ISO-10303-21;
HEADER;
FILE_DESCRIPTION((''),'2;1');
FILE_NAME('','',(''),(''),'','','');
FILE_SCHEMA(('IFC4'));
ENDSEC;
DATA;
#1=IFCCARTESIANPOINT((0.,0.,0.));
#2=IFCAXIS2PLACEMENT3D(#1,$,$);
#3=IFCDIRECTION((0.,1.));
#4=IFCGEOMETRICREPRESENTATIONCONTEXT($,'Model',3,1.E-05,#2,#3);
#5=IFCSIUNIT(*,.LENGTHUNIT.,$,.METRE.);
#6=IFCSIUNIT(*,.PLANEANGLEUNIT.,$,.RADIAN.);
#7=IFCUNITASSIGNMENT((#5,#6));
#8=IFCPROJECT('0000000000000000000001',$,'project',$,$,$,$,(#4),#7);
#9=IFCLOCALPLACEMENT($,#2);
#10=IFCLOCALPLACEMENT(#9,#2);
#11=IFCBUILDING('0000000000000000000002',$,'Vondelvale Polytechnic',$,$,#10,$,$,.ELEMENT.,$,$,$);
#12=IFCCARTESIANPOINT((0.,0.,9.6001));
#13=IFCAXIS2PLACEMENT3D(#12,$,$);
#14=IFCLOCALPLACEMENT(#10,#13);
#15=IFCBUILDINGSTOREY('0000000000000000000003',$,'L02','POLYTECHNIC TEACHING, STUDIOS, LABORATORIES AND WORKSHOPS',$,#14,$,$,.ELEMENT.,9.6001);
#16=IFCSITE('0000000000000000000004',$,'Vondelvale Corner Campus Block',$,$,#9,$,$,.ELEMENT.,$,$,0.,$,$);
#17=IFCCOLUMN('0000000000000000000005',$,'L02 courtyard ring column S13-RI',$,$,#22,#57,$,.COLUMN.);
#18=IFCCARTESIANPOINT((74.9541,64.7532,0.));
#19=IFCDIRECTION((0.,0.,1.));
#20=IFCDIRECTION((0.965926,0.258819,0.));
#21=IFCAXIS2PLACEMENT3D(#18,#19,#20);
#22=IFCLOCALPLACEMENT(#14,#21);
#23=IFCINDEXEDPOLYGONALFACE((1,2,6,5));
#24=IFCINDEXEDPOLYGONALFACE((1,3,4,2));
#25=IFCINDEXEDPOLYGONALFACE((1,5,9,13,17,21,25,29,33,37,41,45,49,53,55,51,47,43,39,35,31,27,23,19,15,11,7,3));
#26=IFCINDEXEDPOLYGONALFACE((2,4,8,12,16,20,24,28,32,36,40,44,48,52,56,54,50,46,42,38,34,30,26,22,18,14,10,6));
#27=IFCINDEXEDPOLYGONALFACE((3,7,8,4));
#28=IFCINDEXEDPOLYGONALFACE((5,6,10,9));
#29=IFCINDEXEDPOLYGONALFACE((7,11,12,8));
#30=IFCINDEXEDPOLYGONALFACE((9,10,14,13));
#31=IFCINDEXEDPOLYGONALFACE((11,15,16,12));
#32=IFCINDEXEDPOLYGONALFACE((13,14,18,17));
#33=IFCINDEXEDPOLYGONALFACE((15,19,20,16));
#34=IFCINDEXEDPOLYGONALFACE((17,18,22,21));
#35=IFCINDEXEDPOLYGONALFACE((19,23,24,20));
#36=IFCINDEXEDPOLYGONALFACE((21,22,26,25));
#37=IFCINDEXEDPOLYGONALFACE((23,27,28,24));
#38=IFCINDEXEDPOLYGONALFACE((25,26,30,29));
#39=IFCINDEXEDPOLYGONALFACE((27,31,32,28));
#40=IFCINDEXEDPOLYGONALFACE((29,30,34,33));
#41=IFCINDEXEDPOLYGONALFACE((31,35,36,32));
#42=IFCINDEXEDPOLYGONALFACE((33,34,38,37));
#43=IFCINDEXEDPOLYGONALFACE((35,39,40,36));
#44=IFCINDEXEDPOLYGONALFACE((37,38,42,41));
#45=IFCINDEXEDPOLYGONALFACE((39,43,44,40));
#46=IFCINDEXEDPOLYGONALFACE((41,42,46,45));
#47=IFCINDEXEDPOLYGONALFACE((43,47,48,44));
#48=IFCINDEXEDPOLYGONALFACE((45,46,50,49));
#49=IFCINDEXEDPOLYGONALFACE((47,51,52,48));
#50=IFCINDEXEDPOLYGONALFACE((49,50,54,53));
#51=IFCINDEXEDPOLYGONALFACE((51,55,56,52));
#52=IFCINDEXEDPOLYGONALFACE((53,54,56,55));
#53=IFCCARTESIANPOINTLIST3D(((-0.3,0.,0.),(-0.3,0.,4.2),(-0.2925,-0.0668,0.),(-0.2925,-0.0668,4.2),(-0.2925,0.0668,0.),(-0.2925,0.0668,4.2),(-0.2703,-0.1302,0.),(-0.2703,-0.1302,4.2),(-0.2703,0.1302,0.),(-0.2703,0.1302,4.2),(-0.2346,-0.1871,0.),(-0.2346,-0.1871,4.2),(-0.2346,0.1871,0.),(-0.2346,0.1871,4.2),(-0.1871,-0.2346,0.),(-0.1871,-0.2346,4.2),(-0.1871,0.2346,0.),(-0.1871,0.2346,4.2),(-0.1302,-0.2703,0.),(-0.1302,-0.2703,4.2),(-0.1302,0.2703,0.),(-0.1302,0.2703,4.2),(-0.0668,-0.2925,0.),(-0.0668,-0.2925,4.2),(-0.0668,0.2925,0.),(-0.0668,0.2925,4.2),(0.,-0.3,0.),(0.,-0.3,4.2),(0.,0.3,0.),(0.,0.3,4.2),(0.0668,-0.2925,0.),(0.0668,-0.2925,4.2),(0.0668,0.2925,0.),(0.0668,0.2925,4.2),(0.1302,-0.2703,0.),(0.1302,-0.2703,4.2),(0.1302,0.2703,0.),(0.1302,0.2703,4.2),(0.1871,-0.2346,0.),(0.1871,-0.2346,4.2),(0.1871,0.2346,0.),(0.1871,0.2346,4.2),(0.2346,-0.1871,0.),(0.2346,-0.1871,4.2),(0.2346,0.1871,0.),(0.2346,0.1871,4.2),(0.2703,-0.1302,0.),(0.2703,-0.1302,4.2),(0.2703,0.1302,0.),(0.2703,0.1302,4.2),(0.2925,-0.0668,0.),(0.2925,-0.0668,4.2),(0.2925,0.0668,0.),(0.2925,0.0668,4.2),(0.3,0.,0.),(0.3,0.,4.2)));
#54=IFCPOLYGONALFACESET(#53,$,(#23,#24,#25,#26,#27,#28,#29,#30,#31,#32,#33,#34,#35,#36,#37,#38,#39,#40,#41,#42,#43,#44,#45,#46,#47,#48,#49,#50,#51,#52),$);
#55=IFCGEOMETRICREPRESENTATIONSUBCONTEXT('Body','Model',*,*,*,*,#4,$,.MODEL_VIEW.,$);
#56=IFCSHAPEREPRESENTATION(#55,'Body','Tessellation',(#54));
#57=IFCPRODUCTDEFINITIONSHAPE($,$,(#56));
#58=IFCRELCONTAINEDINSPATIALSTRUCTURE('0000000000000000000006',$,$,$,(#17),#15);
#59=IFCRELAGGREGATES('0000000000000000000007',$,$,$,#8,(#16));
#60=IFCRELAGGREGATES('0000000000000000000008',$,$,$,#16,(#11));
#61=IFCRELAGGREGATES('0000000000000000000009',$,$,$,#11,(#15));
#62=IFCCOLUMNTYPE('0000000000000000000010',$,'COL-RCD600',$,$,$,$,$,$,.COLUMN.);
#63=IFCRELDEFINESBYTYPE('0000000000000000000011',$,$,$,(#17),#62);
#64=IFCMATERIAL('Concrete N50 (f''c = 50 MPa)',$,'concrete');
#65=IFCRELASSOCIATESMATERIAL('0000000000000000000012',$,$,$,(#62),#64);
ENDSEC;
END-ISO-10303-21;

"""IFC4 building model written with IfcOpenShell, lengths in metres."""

from ifc_helpers import new_model, si_unit, direction, frame, origin, origin_2d, place, context, subcontext, project, spatial, circle, extrude, material, material_profile, profile_set, type_object, element, save


model = new_model("IFC4")

# Units and contexts
model_context = context("Model", 3, precision=1e-05, world=origin(), true_north=direction((0.0, 1.0)))
body_context = subcontext(model_context, "Body", "Model", "MODEL_VIEW")
ifc_project = project(units=[si_unit("LENGTHUNIT", "METRE"), si_unit("PLANEANGLEUNIT", "RADIAN")], contexts=[model_context])

# Site, building, storey
site_placement = place(None, origin())
site = spatial("IfcSite", under=ifc_project, at=site_placement, Name="Vondelvale Corner Campus Block", CompositionType="ELEMENT", RefElevation=0.0)
building_placement = place(site_placement, origin())
building = spatial("IfcBuilding", under=site, at=building_placement, Name="Vondelvale Polytechnic", CompositionType="ELEMENT")
storey_placement = place(building_placement, frame((0.0, 0.0, 9.6001)))
storey = spatial("IfcBuildingStorey", under=building, at=storey_placement, Name="L02", Description="POLYTECHNIC TEACHING, STUDIOS, LABORATORIES AND WORKSHOPS", CompositionType="ELEMENT", Elevation=9.6001)

# Column
ifc_material_1 = material(Name="Concrete N50 (f'c = 50 MPa)", Category="concrete")
ifc_material_profile_1 = material_profile(ifc_material_1, circle(Radius=0.3, at=origin_2d()), Name="RC-COL-D600")
ifc_profile_set_1 = profile_set([ifc_material_profile_1], Name="Concrete N50 (f'c = 50 MPa)")
column_type_1 = type_object("IfcColumnType", Name="COL-RCD600", PredefinedType="COLUMN", material=ifc_profile_set_1)
column_1_placement = place(storey_placement, frame((74.9541, 64.7532, 0.0), z_axis=(0.0, 0.0, 1.0), x_axis=(0.965926, 0.258819, 0.0)))
element("IfcColumn", 1, at=column_1_placement, inside=storey, type_object=column_type_1, Name="L02 courtyard ring column S13-RI", PredefinedType="COLUMN", context=body_context, shape_type="SweptSolid", body=[
    extrude(circle(Radius=0.3, at=origin_2d()), origin(), (0.0, 0.0, 1.0), 4.2),
])

save(model, "model.ifc")
